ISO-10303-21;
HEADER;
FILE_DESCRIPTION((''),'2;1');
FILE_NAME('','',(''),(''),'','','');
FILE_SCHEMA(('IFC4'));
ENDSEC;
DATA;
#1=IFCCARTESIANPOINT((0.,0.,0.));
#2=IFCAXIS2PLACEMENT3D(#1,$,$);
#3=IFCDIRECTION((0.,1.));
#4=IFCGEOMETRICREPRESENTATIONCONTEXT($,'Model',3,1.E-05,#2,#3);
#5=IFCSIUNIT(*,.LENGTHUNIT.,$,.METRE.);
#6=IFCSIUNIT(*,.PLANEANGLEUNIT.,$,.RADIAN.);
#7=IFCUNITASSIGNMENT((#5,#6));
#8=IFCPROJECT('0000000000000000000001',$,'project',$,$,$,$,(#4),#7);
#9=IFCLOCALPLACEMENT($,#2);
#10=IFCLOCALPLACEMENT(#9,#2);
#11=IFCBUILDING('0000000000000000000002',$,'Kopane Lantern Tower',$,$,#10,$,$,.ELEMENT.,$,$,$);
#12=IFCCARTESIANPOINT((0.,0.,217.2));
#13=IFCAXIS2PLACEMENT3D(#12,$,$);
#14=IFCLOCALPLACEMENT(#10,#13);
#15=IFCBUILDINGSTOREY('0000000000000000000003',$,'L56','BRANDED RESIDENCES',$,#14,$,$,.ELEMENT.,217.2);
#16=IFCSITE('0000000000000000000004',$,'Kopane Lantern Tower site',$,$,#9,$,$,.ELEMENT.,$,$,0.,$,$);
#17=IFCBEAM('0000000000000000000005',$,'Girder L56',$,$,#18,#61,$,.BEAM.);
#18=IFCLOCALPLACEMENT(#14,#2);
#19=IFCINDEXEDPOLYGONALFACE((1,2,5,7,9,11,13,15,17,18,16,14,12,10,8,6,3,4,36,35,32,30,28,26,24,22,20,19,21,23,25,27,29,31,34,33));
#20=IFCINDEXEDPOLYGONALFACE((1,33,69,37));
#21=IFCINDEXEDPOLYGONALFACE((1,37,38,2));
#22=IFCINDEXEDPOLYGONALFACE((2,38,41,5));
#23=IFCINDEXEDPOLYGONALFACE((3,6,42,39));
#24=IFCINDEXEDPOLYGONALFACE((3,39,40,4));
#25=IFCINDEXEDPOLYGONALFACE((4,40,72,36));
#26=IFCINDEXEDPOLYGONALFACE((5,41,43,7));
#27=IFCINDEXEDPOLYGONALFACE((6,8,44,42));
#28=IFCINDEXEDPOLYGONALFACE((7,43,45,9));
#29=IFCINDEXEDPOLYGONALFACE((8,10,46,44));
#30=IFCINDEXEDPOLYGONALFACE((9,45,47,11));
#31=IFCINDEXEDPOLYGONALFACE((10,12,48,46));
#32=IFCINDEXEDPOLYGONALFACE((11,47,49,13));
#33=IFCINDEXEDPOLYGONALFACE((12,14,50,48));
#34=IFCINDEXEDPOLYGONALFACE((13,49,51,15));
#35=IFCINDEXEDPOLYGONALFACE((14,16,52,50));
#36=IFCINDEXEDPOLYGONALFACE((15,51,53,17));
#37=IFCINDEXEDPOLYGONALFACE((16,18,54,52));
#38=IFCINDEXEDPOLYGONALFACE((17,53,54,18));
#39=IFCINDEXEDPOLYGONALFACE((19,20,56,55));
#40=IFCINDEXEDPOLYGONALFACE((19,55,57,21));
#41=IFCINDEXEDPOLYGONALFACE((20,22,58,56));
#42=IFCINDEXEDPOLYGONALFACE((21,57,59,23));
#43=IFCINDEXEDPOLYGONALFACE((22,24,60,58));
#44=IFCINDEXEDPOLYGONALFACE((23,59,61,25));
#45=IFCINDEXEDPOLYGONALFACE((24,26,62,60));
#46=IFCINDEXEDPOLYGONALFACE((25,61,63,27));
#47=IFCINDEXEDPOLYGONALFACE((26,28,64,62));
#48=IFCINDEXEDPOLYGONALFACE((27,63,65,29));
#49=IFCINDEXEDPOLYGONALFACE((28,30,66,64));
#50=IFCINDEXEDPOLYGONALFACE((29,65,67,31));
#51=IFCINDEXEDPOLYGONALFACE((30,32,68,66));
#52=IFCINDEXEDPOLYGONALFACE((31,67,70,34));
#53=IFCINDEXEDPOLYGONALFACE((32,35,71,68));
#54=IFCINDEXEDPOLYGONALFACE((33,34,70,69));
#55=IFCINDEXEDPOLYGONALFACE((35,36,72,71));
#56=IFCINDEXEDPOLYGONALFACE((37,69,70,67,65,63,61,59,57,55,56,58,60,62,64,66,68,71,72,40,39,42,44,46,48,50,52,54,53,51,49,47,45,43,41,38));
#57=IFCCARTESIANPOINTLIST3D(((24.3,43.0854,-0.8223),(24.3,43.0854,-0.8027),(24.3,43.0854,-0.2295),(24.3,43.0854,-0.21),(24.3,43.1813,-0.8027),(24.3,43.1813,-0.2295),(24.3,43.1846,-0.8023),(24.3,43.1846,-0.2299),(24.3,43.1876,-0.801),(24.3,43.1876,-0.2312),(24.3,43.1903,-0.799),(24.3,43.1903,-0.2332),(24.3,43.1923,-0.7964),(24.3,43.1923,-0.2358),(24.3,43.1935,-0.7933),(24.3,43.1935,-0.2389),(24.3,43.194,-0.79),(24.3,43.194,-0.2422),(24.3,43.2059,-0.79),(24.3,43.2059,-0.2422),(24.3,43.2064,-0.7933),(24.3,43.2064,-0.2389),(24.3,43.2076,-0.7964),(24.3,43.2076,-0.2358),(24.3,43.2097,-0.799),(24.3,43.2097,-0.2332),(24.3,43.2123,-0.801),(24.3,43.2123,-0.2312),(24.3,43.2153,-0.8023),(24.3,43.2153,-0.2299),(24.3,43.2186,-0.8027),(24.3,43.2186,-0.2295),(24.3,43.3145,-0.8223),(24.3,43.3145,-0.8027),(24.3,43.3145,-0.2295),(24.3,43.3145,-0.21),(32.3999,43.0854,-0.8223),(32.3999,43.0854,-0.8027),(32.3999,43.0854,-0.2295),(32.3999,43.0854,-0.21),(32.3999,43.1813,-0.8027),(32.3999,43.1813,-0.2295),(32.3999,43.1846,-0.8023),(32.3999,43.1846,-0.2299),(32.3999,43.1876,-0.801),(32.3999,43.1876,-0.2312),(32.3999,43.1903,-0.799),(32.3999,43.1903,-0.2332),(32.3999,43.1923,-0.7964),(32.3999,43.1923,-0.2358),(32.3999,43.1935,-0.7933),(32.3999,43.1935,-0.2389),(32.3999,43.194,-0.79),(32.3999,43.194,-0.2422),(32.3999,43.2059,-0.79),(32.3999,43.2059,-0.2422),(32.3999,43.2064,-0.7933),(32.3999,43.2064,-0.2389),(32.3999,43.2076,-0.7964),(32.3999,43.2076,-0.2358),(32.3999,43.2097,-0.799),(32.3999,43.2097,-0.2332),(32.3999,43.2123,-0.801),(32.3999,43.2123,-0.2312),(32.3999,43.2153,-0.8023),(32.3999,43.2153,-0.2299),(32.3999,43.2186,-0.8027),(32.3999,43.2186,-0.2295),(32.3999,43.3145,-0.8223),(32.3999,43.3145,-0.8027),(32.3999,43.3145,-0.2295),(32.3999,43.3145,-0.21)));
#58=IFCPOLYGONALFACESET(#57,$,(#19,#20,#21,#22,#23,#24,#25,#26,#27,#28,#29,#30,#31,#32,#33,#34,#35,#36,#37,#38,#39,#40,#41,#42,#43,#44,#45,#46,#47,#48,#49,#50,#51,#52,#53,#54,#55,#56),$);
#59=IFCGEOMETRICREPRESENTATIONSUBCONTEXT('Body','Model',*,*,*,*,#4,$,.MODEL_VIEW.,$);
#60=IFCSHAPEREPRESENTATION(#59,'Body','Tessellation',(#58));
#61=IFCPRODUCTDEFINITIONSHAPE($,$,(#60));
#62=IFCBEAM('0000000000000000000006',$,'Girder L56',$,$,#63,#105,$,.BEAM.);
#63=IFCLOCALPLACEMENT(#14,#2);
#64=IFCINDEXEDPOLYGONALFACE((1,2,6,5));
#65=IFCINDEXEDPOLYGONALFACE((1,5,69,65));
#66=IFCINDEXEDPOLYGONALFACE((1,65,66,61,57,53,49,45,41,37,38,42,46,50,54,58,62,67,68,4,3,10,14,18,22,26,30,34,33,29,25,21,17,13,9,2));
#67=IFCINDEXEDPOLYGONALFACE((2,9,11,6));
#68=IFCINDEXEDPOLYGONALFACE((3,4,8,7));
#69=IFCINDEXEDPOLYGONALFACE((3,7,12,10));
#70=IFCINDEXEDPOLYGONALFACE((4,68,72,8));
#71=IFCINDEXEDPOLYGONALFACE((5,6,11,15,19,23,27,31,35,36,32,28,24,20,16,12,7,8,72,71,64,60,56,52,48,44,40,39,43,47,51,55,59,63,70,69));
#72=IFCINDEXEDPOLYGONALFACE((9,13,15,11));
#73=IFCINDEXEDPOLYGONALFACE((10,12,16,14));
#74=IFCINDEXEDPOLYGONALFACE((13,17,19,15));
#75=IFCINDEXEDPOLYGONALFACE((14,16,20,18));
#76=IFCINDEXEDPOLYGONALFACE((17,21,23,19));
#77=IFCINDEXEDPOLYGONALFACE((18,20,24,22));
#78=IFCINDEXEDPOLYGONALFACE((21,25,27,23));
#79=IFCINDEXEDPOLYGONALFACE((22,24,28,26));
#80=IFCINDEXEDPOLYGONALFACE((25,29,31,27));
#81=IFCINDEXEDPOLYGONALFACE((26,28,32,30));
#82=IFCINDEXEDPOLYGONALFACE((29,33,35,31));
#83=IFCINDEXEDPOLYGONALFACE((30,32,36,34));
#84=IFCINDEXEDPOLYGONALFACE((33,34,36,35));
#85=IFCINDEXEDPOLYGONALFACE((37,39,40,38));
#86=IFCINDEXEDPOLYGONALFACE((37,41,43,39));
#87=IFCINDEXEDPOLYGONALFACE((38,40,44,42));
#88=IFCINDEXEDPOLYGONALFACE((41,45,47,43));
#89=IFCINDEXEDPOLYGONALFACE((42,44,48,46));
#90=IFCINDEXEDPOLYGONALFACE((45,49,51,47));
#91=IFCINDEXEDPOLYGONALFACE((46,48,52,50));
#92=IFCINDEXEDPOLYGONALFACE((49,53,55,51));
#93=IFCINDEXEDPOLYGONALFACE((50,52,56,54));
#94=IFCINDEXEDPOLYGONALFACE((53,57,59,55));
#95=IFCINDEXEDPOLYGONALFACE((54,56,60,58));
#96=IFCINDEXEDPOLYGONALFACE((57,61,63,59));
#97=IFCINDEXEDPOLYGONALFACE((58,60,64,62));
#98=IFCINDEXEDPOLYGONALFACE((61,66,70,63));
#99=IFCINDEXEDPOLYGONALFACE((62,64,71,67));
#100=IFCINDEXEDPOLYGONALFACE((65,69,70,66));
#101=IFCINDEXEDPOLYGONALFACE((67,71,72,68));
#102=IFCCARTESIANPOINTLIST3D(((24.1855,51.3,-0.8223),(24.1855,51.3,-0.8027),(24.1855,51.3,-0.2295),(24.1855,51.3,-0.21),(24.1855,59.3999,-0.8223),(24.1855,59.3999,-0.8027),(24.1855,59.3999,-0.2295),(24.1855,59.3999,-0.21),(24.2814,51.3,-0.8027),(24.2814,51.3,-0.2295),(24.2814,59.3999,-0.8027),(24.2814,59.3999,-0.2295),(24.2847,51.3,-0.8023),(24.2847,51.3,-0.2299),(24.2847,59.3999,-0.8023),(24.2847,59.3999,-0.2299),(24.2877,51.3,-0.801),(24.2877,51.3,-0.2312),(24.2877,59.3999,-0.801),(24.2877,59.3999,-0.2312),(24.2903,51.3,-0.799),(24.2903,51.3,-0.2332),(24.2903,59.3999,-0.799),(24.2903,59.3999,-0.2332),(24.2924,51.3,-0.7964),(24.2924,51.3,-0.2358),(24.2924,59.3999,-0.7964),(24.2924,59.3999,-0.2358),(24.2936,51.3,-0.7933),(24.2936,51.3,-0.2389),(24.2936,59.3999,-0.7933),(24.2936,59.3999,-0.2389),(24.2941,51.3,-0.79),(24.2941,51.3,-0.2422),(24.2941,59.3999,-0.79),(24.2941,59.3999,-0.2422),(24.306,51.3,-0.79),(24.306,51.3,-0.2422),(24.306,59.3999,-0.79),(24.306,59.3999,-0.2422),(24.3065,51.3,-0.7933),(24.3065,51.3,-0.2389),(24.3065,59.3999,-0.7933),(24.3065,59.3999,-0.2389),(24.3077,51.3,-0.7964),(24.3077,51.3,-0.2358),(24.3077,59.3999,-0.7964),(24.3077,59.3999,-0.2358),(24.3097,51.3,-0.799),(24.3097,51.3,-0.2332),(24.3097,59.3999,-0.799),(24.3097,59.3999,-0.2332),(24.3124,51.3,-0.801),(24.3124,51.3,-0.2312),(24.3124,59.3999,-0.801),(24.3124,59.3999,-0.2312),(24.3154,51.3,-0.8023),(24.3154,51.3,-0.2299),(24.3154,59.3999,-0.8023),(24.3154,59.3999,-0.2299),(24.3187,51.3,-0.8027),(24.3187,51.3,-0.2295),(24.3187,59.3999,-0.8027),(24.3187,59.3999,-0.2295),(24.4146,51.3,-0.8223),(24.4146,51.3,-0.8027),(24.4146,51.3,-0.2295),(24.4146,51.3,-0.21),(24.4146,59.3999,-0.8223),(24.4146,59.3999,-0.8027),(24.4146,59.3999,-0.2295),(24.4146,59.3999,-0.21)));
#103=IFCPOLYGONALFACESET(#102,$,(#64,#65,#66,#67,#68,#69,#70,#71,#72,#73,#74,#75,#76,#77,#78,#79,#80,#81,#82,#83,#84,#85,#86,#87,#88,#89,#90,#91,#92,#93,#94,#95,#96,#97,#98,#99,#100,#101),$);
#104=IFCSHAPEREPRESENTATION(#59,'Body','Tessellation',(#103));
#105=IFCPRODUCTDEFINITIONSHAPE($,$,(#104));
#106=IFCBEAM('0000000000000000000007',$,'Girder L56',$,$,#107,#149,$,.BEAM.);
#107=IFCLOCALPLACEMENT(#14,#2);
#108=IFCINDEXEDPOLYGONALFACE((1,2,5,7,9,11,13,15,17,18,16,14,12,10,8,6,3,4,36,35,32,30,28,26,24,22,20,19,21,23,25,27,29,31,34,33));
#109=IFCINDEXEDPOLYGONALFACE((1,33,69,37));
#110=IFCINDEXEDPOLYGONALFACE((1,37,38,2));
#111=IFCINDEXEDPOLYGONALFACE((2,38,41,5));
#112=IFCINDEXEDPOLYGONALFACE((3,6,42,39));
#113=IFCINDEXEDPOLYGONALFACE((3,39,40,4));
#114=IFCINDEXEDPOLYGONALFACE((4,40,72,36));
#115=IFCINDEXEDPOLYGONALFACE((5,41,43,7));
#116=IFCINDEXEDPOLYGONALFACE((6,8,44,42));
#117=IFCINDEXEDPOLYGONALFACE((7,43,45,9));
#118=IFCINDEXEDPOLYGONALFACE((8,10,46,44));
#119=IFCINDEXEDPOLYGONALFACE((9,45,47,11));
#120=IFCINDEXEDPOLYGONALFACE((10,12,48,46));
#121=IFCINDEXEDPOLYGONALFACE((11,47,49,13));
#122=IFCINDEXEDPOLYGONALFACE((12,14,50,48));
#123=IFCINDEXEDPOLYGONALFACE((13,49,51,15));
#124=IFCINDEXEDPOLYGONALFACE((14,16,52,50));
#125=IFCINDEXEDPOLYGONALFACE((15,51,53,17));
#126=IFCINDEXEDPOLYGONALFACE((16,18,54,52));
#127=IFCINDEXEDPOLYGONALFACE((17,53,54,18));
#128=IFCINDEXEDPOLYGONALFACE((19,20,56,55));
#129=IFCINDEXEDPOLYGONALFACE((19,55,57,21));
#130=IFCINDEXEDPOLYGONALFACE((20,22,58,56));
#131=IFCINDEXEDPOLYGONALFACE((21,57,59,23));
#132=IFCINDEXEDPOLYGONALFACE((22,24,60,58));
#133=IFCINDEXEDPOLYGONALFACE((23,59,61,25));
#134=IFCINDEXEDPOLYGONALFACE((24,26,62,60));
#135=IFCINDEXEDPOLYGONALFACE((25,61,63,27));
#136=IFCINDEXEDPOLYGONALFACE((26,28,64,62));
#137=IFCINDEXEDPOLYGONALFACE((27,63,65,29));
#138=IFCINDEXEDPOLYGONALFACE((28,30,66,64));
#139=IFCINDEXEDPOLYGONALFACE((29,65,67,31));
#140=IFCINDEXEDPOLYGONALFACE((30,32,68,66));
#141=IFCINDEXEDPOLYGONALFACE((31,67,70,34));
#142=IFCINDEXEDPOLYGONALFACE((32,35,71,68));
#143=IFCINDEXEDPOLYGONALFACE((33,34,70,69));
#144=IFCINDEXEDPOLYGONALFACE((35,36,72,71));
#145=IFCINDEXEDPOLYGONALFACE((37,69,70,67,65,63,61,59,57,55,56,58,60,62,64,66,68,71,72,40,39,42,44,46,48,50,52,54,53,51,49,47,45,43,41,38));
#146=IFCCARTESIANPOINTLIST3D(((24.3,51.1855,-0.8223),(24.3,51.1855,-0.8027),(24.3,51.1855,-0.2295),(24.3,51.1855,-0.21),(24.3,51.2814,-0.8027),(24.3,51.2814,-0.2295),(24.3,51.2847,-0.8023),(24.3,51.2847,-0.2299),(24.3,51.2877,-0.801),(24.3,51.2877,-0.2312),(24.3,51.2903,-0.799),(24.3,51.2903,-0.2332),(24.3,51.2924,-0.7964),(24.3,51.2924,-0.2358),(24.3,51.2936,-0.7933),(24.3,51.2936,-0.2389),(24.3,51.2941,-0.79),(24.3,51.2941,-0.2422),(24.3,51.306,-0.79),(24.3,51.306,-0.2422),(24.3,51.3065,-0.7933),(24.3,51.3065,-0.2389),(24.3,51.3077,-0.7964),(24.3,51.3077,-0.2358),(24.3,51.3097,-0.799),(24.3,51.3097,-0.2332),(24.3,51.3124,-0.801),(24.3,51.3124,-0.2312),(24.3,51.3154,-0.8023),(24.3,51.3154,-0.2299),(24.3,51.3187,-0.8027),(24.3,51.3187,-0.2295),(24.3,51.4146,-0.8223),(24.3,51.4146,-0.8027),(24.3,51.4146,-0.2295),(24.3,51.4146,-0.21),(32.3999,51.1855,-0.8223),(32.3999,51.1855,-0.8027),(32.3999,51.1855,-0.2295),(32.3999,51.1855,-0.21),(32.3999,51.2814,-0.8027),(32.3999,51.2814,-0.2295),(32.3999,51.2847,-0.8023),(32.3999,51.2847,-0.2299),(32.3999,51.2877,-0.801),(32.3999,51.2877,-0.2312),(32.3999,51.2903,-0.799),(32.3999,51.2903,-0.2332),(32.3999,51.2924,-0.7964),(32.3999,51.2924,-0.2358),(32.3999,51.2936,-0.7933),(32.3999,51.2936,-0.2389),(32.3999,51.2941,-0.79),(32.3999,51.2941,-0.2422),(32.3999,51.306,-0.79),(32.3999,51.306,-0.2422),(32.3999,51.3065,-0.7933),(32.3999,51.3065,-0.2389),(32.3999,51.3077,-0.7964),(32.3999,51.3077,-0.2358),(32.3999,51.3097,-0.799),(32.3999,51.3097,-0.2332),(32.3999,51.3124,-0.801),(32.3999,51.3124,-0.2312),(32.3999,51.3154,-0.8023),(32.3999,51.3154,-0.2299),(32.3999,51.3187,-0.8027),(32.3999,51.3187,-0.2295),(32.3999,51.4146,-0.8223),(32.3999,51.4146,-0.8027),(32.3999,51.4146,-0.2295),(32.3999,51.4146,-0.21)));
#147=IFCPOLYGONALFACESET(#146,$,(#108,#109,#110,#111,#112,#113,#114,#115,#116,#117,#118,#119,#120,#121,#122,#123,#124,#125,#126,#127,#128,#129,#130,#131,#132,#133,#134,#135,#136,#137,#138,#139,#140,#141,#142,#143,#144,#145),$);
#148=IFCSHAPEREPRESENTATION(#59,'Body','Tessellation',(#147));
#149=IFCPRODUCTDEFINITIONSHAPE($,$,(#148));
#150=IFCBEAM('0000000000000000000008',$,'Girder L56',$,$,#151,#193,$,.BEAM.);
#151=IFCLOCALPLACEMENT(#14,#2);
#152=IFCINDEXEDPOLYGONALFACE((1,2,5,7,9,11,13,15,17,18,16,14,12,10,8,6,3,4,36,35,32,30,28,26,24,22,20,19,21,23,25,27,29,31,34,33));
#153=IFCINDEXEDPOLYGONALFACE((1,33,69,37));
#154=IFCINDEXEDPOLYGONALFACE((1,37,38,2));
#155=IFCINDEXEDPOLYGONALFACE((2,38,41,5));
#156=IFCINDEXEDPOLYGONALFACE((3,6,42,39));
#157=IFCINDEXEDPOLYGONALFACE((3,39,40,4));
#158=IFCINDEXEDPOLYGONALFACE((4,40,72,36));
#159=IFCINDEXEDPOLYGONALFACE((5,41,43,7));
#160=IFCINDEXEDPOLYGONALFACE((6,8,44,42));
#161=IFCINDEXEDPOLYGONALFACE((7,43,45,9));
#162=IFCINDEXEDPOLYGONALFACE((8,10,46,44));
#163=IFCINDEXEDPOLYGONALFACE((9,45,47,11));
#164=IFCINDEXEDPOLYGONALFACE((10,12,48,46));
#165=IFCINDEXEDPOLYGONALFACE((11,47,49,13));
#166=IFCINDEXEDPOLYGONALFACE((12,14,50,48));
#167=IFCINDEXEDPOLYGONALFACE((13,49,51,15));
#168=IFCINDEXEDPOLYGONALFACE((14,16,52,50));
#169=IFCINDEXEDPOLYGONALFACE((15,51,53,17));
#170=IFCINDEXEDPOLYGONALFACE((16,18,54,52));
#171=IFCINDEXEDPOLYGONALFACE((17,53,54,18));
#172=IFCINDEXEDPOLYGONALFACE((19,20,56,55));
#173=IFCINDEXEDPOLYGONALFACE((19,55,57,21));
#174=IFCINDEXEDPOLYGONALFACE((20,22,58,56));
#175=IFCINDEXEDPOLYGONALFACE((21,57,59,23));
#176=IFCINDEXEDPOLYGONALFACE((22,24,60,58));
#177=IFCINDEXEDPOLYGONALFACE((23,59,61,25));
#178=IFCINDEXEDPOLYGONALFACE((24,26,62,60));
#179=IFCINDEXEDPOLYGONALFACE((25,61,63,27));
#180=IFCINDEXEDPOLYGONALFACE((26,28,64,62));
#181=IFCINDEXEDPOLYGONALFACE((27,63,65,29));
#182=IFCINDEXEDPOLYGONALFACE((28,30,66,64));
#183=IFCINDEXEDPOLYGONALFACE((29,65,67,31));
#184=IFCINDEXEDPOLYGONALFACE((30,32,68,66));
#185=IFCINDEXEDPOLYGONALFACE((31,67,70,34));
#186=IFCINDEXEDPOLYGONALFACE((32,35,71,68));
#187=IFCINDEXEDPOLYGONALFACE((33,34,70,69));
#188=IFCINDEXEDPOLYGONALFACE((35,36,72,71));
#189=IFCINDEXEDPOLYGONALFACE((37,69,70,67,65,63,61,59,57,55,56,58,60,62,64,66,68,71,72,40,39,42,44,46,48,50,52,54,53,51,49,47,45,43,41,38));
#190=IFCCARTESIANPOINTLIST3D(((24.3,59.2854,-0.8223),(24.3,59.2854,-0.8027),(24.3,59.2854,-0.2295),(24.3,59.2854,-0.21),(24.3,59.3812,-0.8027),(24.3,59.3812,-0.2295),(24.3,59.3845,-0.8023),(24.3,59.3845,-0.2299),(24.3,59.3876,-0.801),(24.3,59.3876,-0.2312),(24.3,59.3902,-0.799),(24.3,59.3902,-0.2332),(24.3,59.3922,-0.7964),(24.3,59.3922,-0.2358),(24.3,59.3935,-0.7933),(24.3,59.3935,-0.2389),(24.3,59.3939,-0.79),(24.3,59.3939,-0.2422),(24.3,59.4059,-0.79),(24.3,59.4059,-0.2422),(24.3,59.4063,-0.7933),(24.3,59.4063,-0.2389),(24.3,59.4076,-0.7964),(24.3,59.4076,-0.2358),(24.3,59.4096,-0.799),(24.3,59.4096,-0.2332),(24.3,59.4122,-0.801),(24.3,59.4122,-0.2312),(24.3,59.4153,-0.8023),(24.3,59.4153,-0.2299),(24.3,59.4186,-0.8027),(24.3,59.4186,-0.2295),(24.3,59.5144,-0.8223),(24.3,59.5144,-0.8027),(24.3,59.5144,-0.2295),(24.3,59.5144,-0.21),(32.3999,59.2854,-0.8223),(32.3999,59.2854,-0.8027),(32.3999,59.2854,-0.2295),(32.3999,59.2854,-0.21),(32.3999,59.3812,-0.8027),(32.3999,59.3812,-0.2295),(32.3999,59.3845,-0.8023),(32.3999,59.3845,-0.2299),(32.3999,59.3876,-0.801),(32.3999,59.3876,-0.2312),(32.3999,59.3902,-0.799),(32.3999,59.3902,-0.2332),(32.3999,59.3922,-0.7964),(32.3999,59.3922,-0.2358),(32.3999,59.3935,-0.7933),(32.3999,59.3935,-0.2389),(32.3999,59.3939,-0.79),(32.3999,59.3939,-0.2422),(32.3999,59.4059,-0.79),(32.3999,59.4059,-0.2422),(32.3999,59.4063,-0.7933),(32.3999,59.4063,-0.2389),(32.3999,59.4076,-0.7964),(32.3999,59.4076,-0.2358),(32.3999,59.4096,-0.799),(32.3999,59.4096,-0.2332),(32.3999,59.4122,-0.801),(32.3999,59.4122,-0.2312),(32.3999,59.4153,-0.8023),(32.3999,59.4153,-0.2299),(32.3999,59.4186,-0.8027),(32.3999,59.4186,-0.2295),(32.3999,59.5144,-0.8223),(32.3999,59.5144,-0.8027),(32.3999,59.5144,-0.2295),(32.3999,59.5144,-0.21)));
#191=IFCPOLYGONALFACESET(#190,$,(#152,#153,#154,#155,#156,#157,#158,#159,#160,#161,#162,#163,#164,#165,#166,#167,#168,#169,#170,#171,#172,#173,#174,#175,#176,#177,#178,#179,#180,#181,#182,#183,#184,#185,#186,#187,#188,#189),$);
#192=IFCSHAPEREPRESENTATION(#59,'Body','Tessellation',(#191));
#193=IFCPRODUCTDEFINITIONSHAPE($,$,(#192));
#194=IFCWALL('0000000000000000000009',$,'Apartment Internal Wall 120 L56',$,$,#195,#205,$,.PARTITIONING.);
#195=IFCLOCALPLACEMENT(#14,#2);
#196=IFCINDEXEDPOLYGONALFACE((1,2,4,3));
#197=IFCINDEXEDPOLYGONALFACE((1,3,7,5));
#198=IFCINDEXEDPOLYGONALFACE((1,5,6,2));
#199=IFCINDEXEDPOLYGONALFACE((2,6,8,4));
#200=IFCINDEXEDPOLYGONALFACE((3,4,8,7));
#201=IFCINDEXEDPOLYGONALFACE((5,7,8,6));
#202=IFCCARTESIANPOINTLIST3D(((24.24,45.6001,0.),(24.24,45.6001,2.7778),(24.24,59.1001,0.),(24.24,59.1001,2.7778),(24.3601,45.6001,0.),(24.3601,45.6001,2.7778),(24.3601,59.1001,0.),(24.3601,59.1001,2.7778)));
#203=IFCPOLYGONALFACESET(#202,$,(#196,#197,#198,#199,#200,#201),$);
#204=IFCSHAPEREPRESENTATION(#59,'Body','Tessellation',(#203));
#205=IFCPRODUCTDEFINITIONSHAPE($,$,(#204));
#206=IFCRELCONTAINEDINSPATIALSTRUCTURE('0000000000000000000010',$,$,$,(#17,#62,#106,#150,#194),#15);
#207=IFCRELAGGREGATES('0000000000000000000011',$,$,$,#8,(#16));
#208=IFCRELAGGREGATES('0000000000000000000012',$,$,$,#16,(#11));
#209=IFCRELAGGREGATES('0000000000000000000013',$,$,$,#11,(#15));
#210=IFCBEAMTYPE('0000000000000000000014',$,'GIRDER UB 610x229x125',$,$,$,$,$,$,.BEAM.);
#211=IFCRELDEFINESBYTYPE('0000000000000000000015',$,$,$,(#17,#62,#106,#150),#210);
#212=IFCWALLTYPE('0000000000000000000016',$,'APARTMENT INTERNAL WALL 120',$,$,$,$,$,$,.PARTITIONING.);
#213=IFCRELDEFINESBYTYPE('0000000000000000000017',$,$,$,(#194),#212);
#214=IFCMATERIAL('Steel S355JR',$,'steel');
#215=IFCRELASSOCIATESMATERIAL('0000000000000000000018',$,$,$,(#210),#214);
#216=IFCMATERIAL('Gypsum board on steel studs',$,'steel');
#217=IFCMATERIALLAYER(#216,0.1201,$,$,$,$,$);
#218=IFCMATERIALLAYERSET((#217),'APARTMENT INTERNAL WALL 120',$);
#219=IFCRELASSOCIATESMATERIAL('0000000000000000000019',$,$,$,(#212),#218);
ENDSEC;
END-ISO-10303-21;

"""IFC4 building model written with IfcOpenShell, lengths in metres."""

from ifc_helpers import new_model, si_unit, direction, frame, frame_2d, origin, origin_2d, place, context, subcontext, project, spatial, rectangle, i_section, extrude, material, layer, layer_set, material_profile, profile_set, type_object, element, save


model = new_model("IFC4")

# Units and contexts
model_context = context("Model", 3, precision=1e-05, world=origin(), true_north=direction((0.0, 1.0)))
body_context = subcontext(model_context, "Body", "Model", "MODEL_VIEW")
ifc_project = project(units=[si_unit("LENGTHUNIT", "METRE"), si_unit("PLANEANGLEUNIT", "RADIAN")], contexts=[model_context])

# Site, building, storey
site_placement = place(None, origin())
site = spatial("IfcSite", under=ifc_project, at=site_placement, Name="Kopane Lantern Tower site", CompositionType="ELEMENT", RefElevation=0.0)
building_placement = place(site_placement, origin())
building = spatial("IfcBuilding", under=site, at=building_placement, Name="Kopane Lantern Tower", CompositionType="ELEMENT")
storey_placement = place(building_placement, frame((0.0, 0.0, 217.2)))
storey = spatial("IfcBuildingStorey", under=building, at=storey_placement, Name="L56", Description="BRANDED RESIDENCES", CompositionType="ELEMENT", Elevation=217.2)

# Beams
ifc_material_1 = material(Name="Steel S355JR", Category="steel")
ifc_material_profile_1 = material_profile(ifc_material_1, i_section(OverallWidth=0.229, OverallDepth=0.6123, WebThickness=0.012, FlangeThickness=0.0195, FilletRadius=0.0127, at=origin_2d()), Name="UB 610x229x125")
ifc_profile_set_1 = profile_set([ifc_material_profile_1], Name="Steel S355JR")
beam_type = type_object("IfcBeamType", Name="GIRDER UB 610x229x125", PredefinedType="BEAM", material=ifc_profile_set_1)
for number, where, z_axis, x_axis, name in (
    (1, (24.3, 43.2, -0.5161), (1.0, 0.0, 0.0), (0.0, 1.0, 0.0), "Girder L56"),
    (2, (24.3, 51.3, -0.5161), (0.0, 1.0, 0.0), (-1.0, 0.0, 0.0), "Girder L56"),
    (3, (24.3, 51.3, -0.5161), (1.0, 0.0, 0.0), (0.0, 1.0, 0.0), "Girder L56"),
    (4, (24.3, 59.3999, -0.5161), (1.0, 0.0, 0.0), (0.0, 1.0, 0.0), "Girder L56"),
):
    element("IfcBeam", number, at=place(storey_placement, frame(where, z_axis=z_axis, x_axis=x_axis)), inside=storey, type_object=beam_type, Name=name, PredefinedType="BEAM", context=body_context, shape_type="SweptSolid", body=[
        extrude(i_section(OverallWidth=0.229, OverallDepth=0.6123, WebThickness=0.012, FlangeThickness=0.0195, FilletRadius=0.0127, at=origin_2d()), origin(), (0.0, 0.0, 1.0), 8.0999),
    ])

# Wall
ifc_material_2 = material(Name="Gypsum board on steel studs", Category="steel")
ifc_layer_1 = layer(ifc_material_2, 0.1201)
ifc_layer_set_1 = layer_set([ifc_layer_1], Name="APARTMENT INTERNAL WALL 120")
wall_type_1 = type_object("IfcWallType", Name="APARTMENT INTERNAL WALL 120", PredefinedType="PARTITIONING", material=ifc_layer_set_1)
wall_1_placement = place(storey_placement, frame((24.3, 45.6001, 0.0), z_axis=(0.0, 0.0, 1.0), x_axis=(0.0, 1.0, 0.0)))
element("IfcWall", 5, at=wall_1_placement, inside=storey, type_object=wall_type_1, Name="Apartment Internal Wall 120 L56", PredefinedType="PARTITIONING", context=body_context, shape_type="SweptSolid", body=[
    extrude(rectangle(XDim=13.5, YDim=0.1201, at=frame_2d((6.75, 0.0))), origin(), (0.0, 0.0, 1.0), 2.7778),
])

save(model, "model.ifc")
